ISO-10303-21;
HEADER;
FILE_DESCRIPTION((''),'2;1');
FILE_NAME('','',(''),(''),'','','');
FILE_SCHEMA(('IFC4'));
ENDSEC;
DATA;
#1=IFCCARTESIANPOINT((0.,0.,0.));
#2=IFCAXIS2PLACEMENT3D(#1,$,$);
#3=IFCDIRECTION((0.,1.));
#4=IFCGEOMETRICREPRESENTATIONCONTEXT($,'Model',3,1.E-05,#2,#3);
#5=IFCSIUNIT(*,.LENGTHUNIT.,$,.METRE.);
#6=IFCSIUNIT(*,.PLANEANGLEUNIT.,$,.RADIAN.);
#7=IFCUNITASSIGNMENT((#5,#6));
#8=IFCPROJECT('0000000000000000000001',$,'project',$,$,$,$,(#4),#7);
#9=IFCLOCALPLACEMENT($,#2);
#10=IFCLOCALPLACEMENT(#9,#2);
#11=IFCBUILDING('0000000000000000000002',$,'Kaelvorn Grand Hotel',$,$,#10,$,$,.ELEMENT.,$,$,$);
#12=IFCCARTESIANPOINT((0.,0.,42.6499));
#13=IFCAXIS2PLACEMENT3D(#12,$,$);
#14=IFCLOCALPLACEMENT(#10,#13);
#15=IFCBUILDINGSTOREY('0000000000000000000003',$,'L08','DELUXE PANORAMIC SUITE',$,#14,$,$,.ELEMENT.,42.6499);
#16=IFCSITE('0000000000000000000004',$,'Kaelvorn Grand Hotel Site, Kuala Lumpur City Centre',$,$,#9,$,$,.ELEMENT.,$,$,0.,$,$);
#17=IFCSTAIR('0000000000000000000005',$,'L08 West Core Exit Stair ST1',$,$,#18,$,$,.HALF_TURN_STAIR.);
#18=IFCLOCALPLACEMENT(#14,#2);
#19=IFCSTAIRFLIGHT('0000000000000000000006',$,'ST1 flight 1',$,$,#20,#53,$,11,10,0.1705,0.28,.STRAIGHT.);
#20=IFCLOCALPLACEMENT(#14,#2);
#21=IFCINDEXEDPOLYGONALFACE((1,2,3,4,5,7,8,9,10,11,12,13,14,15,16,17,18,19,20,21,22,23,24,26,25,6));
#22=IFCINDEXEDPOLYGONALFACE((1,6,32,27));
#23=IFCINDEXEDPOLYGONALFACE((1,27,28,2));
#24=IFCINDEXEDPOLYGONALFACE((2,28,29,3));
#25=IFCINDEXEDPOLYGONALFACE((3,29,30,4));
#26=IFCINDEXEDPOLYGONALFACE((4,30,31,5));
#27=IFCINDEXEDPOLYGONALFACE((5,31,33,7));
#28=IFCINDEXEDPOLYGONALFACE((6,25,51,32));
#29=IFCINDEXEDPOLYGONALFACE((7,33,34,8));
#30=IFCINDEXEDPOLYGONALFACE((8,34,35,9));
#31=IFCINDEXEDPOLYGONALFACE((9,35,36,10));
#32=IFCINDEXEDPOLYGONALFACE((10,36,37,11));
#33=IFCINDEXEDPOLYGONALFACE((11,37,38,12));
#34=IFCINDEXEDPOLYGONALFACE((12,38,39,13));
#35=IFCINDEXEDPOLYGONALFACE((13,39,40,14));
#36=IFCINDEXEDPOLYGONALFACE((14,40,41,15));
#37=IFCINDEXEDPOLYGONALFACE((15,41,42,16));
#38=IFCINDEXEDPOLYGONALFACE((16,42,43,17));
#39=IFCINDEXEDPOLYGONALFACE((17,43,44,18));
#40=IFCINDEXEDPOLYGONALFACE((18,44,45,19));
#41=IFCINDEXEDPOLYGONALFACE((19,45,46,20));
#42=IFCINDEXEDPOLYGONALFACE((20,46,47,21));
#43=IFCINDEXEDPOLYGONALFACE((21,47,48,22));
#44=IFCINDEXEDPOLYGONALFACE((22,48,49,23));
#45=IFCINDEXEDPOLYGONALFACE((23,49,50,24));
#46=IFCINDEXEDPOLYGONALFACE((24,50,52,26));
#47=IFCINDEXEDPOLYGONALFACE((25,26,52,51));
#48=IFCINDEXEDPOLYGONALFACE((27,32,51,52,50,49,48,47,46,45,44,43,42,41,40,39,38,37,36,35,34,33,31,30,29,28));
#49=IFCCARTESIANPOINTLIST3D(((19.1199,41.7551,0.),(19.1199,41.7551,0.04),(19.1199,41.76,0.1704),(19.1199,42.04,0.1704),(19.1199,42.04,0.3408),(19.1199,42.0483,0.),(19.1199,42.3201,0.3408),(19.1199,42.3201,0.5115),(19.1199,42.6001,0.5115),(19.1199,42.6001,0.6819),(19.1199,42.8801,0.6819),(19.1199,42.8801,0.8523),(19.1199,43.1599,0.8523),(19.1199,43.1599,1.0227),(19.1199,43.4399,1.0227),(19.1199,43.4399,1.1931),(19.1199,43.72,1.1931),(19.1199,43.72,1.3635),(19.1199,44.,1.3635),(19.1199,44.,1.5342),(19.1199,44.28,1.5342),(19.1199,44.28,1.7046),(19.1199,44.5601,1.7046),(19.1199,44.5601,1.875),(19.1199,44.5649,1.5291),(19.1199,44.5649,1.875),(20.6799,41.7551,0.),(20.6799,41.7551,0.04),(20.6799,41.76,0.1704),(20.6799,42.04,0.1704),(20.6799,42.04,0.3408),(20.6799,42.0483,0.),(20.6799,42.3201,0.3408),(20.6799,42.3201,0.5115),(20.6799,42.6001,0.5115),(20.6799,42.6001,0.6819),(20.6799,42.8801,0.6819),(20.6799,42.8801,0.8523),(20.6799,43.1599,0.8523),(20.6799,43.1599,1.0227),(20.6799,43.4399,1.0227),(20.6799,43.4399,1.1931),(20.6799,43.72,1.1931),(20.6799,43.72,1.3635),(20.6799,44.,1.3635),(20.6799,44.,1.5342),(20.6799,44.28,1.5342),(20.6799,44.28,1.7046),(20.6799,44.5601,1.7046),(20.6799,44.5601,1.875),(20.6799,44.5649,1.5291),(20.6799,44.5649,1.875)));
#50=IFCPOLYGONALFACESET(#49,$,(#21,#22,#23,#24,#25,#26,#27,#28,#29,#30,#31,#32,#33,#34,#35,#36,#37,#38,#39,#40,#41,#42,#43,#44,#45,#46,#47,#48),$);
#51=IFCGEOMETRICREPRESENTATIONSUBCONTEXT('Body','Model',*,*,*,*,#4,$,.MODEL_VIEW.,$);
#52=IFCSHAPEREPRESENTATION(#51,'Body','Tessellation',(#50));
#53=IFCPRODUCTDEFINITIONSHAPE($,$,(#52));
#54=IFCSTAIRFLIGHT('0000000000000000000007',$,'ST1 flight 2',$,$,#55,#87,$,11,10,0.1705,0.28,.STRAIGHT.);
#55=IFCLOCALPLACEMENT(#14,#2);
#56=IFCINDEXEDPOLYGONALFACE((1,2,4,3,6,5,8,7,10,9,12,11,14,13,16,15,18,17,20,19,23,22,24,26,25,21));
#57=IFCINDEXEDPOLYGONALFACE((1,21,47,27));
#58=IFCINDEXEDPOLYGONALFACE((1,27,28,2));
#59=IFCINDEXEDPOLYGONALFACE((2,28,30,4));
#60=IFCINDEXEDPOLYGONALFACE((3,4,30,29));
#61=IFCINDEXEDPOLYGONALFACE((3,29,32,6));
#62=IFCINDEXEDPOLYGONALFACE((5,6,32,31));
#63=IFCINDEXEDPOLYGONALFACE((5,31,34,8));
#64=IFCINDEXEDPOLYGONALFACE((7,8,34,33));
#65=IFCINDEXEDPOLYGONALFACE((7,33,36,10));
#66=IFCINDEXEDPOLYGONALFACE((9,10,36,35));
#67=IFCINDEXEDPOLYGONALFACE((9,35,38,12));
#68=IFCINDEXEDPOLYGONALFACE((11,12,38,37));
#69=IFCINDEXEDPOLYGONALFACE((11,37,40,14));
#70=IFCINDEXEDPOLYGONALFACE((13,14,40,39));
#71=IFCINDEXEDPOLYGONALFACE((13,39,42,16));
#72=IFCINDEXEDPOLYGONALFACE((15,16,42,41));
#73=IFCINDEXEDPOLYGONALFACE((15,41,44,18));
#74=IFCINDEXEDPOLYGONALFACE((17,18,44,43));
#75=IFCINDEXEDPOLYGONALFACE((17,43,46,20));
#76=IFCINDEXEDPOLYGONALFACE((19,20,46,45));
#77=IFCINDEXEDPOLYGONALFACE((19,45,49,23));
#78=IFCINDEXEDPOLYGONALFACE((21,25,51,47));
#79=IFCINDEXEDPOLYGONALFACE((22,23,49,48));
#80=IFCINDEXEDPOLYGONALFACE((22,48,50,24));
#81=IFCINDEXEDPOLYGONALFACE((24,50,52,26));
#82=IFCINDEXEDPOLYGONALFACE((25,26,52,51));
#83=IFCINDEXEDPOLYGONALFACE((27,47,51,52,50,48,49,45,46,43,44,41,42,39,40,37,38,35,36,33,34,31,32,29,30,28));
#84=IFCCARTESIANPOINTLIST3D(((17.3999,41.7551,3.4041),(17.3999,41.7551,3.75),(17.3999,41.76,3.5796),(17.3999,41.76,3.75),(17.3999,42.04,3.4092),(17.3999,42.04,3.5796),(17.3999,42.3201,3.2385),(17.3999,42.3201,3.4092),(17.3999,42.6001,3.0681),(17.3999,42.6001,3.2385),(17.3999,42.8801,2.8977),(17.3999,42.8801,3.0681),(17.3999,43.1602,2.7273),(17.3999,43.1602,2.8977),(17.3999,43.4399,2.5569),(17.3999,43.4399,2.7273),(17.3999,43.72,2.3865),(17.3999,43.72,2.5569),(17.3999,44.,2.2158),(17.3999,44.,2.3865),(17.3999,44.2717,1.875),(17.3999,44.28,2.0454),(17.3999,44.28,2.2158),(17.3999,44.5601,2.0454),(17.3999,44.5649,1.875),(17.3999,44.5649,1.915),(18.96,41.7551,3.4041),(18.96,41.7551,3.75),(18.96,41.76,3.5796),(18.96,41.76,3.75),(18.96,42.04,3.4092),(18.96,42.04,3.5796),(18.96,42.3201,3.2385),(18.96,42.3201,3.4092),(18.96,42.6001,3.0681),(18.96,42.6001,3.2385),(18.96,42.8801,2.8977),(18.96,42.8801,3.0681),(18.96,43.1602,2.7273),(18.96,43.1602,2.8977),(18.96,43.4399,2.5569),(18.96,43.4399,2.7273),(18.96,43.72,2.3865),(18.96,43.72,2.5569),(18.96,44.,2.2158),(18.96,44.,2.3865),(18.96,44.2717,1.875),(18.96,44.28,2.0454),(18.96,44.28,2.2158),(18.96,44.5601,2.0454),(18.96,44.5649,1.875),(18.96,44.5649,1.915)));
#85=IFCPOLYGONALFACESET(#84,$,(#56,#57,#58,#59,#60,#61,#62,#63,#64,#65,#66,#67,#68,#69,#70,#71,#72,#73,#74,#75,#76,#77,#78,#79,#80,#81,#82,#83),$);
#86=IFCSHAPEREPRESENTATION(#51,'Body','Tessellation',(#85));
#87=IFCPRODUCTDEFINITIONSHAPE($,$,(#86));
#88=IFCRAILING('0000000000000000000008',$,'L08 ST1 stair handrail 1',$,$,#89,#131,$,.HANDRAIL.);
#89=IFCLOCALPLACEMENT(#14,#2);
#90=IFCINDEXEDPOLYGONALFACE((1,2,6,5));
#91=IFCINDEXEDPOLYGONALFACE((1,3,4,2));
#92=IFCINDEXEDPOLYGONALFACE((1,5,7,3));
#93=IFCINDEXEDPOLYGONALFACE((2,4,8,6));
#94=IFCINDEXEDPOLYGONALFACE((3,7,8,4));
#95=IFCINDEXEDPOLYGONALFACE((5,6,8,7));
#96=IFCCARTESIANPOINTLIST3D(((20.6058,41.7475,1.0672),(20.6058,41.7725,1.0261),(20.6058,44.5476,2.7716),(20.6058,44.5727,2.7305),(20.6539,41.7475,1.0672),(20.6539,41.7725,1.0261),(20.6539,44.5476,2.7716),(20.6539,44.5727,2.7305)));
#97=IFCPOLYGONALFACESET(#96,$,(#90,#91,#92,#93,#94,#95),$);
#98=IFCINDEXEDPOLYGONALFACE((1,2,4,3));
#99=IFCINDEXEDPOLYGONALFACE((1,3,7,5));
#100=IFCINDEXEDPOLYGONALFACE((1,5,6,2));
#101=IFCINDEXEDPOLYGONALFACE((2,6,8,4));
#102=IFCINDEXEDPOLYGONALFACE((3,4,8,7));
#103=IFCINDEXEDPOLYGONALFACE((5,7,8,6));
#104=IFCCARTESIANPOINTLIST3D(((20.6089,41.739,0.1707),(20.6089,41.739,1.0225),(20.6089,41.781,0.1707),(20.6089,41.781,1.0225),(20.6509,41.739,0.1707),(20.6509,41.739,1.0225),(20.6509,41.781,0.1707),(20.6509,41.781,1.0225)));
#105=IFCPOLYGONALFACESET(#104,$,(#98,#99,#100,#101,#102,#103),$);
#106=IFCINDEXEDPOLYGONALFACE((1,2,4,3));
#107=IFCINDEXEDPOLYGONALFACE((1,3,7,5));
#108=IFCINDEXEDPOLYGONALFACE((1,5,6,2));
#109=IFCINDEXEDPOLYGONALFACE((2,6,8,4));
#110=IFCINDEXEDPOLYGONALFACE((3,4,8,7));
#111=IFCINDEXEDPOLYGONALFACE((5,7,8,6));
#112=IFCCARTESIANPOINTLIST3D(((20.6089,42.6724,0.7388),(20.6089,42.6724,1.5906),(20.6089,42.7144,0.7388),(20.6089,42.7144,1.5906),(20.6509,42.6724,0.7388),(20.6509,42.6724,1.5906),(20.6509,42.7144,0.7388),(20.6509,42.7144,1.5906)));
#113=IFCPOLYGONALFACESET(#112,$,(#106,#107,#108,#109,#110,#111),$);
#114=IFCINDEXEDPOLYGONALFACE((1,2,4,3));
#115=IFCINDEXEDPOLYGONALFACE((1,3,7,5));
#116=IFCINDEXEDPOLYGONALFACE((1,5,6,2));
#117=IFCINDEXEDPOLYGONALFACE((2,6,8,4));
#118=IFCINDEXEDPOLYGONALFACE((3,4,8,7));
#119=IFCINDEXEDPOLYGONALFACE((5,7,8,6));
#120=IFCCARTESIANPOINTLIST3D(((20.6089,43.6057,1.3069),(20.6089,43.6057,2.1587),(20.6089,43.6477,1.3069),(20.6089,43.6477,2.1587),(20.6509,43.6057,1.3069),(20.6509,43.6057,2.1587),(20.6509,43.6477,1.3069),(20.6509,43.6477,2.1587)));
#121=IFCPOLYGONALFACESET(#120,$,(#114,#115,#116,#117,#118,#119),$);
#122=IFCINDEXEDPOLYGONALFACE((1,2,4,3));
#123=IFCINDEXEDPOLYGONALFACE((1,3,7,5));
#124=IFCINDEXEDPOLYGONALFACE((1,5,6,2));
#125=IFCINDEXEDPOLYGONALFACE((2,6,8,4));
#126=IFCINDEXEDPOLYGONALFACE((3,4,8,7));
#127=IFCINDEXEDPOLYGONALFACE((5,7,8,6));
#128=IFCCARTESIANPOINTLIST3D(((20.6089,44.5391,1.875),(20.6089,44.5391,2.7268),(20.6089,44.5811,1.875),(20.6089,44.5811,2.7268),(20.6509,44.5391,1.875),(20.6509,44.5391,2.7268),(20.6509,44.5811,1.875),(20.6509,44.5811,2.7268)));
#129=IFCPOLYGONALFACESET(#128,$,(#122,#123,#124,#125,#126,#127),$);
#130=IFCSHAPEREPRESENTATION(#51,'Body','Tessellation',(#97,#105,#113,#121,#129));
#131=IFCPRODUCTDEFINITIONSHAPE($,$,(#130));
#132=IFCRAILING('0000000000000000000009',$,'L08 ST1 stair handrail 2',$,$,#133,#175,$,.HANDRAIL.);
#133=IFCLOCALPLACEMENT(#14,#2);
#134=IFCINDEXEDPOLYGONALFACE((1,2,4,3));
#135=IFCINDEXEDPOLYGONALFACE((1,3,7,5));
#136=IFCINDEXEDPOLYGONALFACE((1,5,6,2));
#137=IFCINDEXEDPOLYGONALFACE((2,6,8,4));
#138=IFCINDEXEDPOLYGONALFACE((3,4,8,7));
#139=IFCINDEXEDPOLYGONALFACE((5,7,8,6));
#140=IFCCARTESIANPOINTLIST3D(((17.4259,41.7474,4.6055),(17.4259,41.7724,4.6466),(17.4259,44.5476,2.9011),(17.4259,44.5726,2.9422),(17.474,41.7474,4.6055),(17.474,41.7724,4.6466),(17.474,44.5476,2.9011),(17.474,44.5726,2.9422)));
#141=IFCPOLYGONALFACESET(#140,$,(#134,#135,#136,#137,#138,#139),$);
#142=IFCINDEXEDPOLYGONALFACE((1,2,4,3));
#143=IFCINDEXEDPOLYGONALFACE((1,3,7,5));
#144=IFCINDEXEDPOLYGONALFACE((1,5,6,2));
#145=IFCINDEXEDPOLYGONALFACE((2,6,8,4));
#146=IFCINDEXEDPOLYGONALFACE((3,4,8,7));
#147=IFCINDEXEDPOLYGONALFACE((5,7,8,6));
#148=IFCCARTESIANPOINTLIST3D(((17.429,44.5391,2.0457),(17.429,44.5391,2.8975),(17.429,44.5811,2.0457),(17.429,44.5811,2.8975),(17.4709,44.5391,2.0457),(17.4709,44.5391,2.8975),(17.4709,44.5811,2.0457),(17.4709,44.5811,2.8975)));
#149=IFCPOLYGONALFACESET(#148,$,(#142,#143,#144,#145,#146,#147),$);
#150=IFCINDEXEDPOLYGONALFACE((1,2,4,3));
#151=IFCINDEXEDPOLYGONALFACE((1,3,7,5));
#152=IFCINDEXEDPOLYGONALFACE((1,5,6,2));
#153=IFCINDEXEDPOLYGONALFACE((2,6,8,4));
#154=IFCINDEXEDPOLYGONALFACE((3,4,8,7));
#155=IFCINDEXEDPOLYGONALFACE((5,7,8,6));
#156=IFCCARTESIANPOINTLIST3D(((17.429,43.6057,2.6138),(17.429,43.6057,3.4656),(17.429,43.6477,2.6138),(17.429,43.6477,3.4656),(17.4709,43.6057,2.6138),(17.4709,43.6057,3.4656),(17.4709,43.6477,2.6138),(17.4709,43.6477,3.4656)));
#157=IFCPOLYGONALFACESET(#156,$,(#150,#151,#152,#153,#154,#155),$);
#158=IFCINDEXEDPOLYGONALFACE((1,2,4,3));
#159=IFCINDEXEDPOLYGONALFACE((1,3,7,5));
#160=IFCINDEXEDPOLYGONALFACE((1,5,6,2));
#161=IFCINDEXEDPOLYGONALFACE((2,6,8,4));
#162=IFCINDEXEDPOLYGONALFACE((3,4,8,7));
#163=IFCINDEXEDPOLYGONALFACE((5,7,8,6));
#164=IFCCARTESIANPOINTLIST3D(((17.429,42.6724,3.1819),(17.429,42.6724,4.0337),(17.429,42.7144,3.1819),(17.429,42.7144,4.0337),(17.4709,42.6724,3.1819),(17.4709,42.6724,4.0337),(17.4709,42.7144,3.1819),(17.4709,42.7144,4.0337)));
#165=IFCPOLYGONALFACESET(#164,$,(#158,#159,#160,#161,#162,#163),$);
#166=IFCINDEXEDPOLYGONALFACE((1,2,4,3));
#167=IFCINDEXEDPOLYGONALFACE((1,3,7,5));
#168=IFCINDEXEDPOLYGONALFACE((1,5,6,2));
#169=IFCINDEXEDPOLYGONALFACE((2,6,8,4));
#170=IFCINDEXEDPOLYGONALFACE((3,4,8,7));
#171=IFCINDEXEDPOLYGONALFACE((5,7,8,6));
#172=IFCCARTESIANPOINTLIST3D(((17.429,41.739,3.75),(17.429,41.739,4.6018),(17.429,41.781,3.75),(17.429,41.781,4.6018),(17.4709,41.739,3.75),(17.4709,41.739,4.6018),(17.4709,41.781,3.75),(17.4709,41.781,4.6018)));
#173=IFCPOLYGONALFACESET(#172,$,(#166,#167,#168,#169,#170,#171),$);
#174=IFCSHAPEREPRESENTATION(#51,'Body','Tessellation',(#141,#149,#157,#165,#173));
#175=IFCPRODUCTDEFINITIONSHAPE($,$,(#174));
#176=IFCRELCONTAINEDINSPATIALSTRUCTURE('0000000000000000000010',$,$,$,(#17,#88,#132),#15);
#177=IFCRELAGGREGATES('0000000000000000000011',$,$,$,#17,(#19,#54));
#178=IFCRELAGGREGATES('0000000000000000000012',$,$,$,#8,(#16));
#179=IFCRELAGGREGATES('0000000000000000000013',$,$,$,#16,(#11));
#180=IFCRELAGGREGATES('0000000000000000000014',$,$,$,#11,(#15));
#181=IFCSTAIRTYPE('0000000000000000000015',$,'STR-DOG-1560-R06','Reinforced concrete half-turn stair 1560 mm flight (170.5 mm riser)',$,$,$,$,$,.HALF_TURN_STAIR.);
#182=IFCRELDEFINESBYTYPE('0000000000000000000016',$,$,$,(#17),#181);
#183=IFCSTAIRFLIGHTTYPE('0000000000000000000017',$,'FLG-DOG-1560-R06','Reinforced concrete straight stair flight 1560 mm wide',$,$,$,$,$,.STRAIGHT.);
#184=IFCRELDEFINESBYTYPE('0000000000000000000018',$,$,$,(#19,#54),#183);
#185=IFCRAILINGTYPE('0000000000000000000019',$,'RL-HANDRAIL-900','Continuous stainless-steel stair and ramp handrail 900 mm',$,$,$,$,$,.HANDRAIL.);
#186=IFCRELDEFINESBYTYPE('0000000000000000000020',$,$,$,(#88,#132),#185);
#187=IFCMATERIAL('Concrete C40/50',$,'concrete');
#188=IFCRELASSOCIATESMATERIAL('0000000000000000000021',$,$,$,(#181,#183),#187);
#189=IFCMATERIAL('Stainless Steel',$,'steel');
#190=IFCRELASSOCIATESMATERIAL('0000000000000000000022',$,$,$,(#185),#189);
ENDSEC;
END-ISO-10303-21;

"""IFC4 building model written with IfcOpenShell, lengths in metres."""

from ifc_helpers import new_model, si_unit, direction, frame, origin, origin_2d, place, context, subcontext, project, spatial, polyline, rectangle, outline, extrude, material, type_object, element, aggregate, save


model = new_model("IFC4")

# Units and contexts
model_context = context("Model", 3, precision=1e-05, world=origin(), true_north=direction((0.0, 1.0)))
body_context = subcontext(model_context, "Body", "Model", "MODEL_VIEW")
ifc_project = project(units=[si_unit("LENGTHUNIT", "METRE"), si_unit("PLANEANGLEUNIT", "RADIAN")], contexts=[model_context])

# Site, building, storey
site_placement = place(None, origin())
site = spatial("IfcSite", under=ifc_project, at=site_placement, Name="Kaelvorn Grand Hotel Site, Kuala Lumpur City Centre", CompositionType="ELEMENT", RefElevation=0.0)
building_placement = place(site_placement, origin())
building = spatial("IfcBuilding", under=site, at=building_placement, Name="Kaelvorn Grand Hotel", CompositionType="ELEMENT")
storey_placement = place(building_placement, frame((0.0, 0.0, 42.6499)))
storey = spatial("IfcBuildingStorey", under=building, at=storey_placement, Name="L08", Description="DELUXE PANORAMIC SUITE", CompositionType="ELEMENT", Elevation=42.6499)

# Shared definitions
ifc_material_1 = material(Name="Concrete C40/50", Category="concrete")

# Stair, stair flights
stair_type = type_object("IfcStairType", Name="STR-DOG-1560-R06", Description="Reinforced concrete half-turn stair 1560 mm flight (170.5 mm riser)", PredefinedType="HALF_TURN_STAIR", material=ifc_material_1)
stair_placement = place(storey_placement, origin())
stair = element("IfcStair", 1, at=stair_placement, inside=storey, type_object=stair_type, Name="L08 West Core Exit Stair ST1", PredefinedType="HALF_TURN_STAIR")
stair_flight_type = type_object("IfcStairFlightType", Name="FLG-DOG-1560-R06", Description="Reinforced concrete straight stair flight 1560 mm wide", PredefinedType="STRAIGHT", material=ifc_material_1)
stair_flight_1_placement = place(storey_placement, frame((19.8999, 41.76, 0.0), z_axis=(0.0, 0.0, 1.0), x_axis=(0.0, 1.0, 0.0)))
stair_flight_1 = element("IfcStairFlight", 2, at=stair_flight_1_placement, type_object=stair_flight_type, Name="ST1 flight 1", NumberOfRisers=11, NumberOfTreads=10, PredefinedType="STRAIGHT", RiserHeight=0.1705, TreadLength=0.28, context=body_context, shape_type="SweptSolid", body=[
    extrude(outline(polyline([(-0.0049, 0.0), (-0.0049, 0.04), (0.0, 0.1704), (0.28, 0.1704), (0.28, 0.3408), (0.5601, 0.3408), (0.5601, 0.5115), (0.8401, 0.5115), (0.8401, 0.6819), (1.1201, 0.6819), (1.1201, 0.8523), (1.3999, 0.8523), (1.3999, 1.0227), (1.6799, 1.0227), (1.6799, 1.1931), (1.96, 1.1931), (1.96, 1.3635), (2.24, 1.3635), (2.24, 1.5342), (2.52, 1.5342), (2.52, 1.7046), (2.8, 1.7046), (2.8, 1.875), (2.8049, 1.875), (2.8049, 1.5291), (0.2883, 0.0), (-0.0049, 0.0)])), frame((0.0, 0.78, 0.0), z_axis=(0.0, -1.0, 0.0), x_axis=(1.0, 0.0, 0.0)), (0.0, 0.0, 1.0), 1.5601),
])
stair_flight_2_placement = place(storey_placement, frame((18.1799, 44.5601, 1.875), z_axis=(0.0, 0.0, 1.0), x_axis=(0.0, -1.0, 0.0)))
stair_flight_2 = element("IfcStairFlight", 3, at=stair_flight_2_placement, type_object=stair_flight_type, Name="ST1 flight 2", NumberOfRisers=11, NumberOfTreads=10, PredefinedType="STRAIGHT", RiserHeight=0.1705, TreadLength=0.28, context=body_context, shape_type="SweptSolid", body=[
    extrude(outline(polyline([(-0.0049, 0.0), (-0.0049, 0.04), (0.0, 0.1704), (0.28, 0.1704), (0.28, 0.3408), (0.5601, 0.3408), (0.5601, 0.5115), (0.8401, 0.5115), (0.8401, 0.6819), (1.1201, 0.6819), (1.1201, 0.8523), (1.3999, 0.8523), (1.3999, 1.0227), (1.6799, 1.0227), (1.6799, 1.1931), (1.96, 1.1931), (1.96, 1.3635), (2.24, 1.3635), (2.24, 1.5342), (2.52, 1.5342), (2.52, 1.7046), (2.8, 1.7046), (2.8, 1.875), (2.8049, 1.875), (2.8049, 1.5291), (0.2883, 0.0), (-0.0049, 0.0)])), frame((0.0, 0.78, 0.0), z_axis=(0.0, -1.0, 0.0), x_axis=(1.0, 0.0, 0.0)), (0.0, 0.0, 1.0), 1.5601),
])
aggregate(stair, [stair_flight_1, stair_flight_2])

# Railings
ifc_material_2 = material(Name="Stainless Steel", Category="steel")
railing_type_1 = type_object("IfcRailingType", Name="RL-HANDRAIL-900", Description="Continuous stainless-steel stair and ramp handrail 900 mm", PredefinedType="HANDRAIL", material=ifc_material_2)
railing_1_placement = place(storey_placement, frame((20.6299, 41.76, 0.1707)))
element("IfcRailing", 4, at=railing_1_placement, inside=storey, type_object=railing_type_1, Name="L08 ST1 stair handrail 1", PredefinedType="HANDRAIL", context=body_context, shape_type="SweptSolid", body=[
    extrude(rectangle(XDim=0.0481, YDim=0.0481, at=origin_2d()), frame((0.0, 0.0, 0.876), z_axis=(0.0, 0.854203, 0.51994), x_axis=(-1.0, 0.0, 0.0)), (0.0, 0.0, 1.0), 3.2781),
    extrude(rectangle(XDim=0.042, YDim=0.042, at=origin_2d()), origin(), (0.0, 0.0, 1.0), 0.8518),
    extrude(rectangle(XDim=0.042, YDim=0.042, at=origin_2d()), frame((0.0, 0.9333, 0.5681)), (0.0, 0.0, 1.0), 0.8518),
    extrude(rectangle(XDim=0.042, YDim=0.042, at=origin_2d()), frame((0.0, 1.8667, 1.1362)), (0.0, 0.0, 1.0), 0.8518),
    extrude(rectangle(XDim=0.042, YDim=0.042, at=origin_2d()), frame((0.0, 2.8, 1.7043)), (0.0, 0.0, 1.0), 0.8518),
])
railing_2_placement = place(storey_placement, frame((17.45, 44.5601, 2.0457)))
element("IfcRailing", 5, at=railing_2_placement, inside=storey, type_object=railing_type_1, Name="L08 ST1 stair handrail 2", PredefinedType="HANDRAIL", context=body_context, shape_type="SweptSolid", body=[
    extrude(rectangle(XDim=0.0481, YDim=0.0481, at=origin_2d()), frame((0.0, 0.0, 0.876), z_axis=(0.0, -0.854203, 0.51994), x_axis=(1.0, 0.0, 0.0)), (0.0, 0.0, 1.0), 3.2781),
    extrude(rectangle(XDim=0.042, YDim=0.042, at=origin_2d()), origin(), (0.0, 0.0, 1.0), 0.8518),
    extrude(rectangle(XDim=0.042, YDim=0.042, at=origin_2d()), frame((0.0, -0.9333, 0.5681)), (0.0, 0.0, 1.0), 0.8518),
    extrude(rectangle(XDim=0.042, YDim=0.042, at=origin_2d()), frame((0.0, -1.8667, 1.1362)), (0.0, 0.0, 1.0), 0.8518),
    extrude(rectangle(XDim=0.042, YDim=0.042, at=origin_2d()), frame((0.0, -2.8, 1.7043)), (0.0, 0.0, 1.0), 0.8518),
])

save(model, "model.ifc")
